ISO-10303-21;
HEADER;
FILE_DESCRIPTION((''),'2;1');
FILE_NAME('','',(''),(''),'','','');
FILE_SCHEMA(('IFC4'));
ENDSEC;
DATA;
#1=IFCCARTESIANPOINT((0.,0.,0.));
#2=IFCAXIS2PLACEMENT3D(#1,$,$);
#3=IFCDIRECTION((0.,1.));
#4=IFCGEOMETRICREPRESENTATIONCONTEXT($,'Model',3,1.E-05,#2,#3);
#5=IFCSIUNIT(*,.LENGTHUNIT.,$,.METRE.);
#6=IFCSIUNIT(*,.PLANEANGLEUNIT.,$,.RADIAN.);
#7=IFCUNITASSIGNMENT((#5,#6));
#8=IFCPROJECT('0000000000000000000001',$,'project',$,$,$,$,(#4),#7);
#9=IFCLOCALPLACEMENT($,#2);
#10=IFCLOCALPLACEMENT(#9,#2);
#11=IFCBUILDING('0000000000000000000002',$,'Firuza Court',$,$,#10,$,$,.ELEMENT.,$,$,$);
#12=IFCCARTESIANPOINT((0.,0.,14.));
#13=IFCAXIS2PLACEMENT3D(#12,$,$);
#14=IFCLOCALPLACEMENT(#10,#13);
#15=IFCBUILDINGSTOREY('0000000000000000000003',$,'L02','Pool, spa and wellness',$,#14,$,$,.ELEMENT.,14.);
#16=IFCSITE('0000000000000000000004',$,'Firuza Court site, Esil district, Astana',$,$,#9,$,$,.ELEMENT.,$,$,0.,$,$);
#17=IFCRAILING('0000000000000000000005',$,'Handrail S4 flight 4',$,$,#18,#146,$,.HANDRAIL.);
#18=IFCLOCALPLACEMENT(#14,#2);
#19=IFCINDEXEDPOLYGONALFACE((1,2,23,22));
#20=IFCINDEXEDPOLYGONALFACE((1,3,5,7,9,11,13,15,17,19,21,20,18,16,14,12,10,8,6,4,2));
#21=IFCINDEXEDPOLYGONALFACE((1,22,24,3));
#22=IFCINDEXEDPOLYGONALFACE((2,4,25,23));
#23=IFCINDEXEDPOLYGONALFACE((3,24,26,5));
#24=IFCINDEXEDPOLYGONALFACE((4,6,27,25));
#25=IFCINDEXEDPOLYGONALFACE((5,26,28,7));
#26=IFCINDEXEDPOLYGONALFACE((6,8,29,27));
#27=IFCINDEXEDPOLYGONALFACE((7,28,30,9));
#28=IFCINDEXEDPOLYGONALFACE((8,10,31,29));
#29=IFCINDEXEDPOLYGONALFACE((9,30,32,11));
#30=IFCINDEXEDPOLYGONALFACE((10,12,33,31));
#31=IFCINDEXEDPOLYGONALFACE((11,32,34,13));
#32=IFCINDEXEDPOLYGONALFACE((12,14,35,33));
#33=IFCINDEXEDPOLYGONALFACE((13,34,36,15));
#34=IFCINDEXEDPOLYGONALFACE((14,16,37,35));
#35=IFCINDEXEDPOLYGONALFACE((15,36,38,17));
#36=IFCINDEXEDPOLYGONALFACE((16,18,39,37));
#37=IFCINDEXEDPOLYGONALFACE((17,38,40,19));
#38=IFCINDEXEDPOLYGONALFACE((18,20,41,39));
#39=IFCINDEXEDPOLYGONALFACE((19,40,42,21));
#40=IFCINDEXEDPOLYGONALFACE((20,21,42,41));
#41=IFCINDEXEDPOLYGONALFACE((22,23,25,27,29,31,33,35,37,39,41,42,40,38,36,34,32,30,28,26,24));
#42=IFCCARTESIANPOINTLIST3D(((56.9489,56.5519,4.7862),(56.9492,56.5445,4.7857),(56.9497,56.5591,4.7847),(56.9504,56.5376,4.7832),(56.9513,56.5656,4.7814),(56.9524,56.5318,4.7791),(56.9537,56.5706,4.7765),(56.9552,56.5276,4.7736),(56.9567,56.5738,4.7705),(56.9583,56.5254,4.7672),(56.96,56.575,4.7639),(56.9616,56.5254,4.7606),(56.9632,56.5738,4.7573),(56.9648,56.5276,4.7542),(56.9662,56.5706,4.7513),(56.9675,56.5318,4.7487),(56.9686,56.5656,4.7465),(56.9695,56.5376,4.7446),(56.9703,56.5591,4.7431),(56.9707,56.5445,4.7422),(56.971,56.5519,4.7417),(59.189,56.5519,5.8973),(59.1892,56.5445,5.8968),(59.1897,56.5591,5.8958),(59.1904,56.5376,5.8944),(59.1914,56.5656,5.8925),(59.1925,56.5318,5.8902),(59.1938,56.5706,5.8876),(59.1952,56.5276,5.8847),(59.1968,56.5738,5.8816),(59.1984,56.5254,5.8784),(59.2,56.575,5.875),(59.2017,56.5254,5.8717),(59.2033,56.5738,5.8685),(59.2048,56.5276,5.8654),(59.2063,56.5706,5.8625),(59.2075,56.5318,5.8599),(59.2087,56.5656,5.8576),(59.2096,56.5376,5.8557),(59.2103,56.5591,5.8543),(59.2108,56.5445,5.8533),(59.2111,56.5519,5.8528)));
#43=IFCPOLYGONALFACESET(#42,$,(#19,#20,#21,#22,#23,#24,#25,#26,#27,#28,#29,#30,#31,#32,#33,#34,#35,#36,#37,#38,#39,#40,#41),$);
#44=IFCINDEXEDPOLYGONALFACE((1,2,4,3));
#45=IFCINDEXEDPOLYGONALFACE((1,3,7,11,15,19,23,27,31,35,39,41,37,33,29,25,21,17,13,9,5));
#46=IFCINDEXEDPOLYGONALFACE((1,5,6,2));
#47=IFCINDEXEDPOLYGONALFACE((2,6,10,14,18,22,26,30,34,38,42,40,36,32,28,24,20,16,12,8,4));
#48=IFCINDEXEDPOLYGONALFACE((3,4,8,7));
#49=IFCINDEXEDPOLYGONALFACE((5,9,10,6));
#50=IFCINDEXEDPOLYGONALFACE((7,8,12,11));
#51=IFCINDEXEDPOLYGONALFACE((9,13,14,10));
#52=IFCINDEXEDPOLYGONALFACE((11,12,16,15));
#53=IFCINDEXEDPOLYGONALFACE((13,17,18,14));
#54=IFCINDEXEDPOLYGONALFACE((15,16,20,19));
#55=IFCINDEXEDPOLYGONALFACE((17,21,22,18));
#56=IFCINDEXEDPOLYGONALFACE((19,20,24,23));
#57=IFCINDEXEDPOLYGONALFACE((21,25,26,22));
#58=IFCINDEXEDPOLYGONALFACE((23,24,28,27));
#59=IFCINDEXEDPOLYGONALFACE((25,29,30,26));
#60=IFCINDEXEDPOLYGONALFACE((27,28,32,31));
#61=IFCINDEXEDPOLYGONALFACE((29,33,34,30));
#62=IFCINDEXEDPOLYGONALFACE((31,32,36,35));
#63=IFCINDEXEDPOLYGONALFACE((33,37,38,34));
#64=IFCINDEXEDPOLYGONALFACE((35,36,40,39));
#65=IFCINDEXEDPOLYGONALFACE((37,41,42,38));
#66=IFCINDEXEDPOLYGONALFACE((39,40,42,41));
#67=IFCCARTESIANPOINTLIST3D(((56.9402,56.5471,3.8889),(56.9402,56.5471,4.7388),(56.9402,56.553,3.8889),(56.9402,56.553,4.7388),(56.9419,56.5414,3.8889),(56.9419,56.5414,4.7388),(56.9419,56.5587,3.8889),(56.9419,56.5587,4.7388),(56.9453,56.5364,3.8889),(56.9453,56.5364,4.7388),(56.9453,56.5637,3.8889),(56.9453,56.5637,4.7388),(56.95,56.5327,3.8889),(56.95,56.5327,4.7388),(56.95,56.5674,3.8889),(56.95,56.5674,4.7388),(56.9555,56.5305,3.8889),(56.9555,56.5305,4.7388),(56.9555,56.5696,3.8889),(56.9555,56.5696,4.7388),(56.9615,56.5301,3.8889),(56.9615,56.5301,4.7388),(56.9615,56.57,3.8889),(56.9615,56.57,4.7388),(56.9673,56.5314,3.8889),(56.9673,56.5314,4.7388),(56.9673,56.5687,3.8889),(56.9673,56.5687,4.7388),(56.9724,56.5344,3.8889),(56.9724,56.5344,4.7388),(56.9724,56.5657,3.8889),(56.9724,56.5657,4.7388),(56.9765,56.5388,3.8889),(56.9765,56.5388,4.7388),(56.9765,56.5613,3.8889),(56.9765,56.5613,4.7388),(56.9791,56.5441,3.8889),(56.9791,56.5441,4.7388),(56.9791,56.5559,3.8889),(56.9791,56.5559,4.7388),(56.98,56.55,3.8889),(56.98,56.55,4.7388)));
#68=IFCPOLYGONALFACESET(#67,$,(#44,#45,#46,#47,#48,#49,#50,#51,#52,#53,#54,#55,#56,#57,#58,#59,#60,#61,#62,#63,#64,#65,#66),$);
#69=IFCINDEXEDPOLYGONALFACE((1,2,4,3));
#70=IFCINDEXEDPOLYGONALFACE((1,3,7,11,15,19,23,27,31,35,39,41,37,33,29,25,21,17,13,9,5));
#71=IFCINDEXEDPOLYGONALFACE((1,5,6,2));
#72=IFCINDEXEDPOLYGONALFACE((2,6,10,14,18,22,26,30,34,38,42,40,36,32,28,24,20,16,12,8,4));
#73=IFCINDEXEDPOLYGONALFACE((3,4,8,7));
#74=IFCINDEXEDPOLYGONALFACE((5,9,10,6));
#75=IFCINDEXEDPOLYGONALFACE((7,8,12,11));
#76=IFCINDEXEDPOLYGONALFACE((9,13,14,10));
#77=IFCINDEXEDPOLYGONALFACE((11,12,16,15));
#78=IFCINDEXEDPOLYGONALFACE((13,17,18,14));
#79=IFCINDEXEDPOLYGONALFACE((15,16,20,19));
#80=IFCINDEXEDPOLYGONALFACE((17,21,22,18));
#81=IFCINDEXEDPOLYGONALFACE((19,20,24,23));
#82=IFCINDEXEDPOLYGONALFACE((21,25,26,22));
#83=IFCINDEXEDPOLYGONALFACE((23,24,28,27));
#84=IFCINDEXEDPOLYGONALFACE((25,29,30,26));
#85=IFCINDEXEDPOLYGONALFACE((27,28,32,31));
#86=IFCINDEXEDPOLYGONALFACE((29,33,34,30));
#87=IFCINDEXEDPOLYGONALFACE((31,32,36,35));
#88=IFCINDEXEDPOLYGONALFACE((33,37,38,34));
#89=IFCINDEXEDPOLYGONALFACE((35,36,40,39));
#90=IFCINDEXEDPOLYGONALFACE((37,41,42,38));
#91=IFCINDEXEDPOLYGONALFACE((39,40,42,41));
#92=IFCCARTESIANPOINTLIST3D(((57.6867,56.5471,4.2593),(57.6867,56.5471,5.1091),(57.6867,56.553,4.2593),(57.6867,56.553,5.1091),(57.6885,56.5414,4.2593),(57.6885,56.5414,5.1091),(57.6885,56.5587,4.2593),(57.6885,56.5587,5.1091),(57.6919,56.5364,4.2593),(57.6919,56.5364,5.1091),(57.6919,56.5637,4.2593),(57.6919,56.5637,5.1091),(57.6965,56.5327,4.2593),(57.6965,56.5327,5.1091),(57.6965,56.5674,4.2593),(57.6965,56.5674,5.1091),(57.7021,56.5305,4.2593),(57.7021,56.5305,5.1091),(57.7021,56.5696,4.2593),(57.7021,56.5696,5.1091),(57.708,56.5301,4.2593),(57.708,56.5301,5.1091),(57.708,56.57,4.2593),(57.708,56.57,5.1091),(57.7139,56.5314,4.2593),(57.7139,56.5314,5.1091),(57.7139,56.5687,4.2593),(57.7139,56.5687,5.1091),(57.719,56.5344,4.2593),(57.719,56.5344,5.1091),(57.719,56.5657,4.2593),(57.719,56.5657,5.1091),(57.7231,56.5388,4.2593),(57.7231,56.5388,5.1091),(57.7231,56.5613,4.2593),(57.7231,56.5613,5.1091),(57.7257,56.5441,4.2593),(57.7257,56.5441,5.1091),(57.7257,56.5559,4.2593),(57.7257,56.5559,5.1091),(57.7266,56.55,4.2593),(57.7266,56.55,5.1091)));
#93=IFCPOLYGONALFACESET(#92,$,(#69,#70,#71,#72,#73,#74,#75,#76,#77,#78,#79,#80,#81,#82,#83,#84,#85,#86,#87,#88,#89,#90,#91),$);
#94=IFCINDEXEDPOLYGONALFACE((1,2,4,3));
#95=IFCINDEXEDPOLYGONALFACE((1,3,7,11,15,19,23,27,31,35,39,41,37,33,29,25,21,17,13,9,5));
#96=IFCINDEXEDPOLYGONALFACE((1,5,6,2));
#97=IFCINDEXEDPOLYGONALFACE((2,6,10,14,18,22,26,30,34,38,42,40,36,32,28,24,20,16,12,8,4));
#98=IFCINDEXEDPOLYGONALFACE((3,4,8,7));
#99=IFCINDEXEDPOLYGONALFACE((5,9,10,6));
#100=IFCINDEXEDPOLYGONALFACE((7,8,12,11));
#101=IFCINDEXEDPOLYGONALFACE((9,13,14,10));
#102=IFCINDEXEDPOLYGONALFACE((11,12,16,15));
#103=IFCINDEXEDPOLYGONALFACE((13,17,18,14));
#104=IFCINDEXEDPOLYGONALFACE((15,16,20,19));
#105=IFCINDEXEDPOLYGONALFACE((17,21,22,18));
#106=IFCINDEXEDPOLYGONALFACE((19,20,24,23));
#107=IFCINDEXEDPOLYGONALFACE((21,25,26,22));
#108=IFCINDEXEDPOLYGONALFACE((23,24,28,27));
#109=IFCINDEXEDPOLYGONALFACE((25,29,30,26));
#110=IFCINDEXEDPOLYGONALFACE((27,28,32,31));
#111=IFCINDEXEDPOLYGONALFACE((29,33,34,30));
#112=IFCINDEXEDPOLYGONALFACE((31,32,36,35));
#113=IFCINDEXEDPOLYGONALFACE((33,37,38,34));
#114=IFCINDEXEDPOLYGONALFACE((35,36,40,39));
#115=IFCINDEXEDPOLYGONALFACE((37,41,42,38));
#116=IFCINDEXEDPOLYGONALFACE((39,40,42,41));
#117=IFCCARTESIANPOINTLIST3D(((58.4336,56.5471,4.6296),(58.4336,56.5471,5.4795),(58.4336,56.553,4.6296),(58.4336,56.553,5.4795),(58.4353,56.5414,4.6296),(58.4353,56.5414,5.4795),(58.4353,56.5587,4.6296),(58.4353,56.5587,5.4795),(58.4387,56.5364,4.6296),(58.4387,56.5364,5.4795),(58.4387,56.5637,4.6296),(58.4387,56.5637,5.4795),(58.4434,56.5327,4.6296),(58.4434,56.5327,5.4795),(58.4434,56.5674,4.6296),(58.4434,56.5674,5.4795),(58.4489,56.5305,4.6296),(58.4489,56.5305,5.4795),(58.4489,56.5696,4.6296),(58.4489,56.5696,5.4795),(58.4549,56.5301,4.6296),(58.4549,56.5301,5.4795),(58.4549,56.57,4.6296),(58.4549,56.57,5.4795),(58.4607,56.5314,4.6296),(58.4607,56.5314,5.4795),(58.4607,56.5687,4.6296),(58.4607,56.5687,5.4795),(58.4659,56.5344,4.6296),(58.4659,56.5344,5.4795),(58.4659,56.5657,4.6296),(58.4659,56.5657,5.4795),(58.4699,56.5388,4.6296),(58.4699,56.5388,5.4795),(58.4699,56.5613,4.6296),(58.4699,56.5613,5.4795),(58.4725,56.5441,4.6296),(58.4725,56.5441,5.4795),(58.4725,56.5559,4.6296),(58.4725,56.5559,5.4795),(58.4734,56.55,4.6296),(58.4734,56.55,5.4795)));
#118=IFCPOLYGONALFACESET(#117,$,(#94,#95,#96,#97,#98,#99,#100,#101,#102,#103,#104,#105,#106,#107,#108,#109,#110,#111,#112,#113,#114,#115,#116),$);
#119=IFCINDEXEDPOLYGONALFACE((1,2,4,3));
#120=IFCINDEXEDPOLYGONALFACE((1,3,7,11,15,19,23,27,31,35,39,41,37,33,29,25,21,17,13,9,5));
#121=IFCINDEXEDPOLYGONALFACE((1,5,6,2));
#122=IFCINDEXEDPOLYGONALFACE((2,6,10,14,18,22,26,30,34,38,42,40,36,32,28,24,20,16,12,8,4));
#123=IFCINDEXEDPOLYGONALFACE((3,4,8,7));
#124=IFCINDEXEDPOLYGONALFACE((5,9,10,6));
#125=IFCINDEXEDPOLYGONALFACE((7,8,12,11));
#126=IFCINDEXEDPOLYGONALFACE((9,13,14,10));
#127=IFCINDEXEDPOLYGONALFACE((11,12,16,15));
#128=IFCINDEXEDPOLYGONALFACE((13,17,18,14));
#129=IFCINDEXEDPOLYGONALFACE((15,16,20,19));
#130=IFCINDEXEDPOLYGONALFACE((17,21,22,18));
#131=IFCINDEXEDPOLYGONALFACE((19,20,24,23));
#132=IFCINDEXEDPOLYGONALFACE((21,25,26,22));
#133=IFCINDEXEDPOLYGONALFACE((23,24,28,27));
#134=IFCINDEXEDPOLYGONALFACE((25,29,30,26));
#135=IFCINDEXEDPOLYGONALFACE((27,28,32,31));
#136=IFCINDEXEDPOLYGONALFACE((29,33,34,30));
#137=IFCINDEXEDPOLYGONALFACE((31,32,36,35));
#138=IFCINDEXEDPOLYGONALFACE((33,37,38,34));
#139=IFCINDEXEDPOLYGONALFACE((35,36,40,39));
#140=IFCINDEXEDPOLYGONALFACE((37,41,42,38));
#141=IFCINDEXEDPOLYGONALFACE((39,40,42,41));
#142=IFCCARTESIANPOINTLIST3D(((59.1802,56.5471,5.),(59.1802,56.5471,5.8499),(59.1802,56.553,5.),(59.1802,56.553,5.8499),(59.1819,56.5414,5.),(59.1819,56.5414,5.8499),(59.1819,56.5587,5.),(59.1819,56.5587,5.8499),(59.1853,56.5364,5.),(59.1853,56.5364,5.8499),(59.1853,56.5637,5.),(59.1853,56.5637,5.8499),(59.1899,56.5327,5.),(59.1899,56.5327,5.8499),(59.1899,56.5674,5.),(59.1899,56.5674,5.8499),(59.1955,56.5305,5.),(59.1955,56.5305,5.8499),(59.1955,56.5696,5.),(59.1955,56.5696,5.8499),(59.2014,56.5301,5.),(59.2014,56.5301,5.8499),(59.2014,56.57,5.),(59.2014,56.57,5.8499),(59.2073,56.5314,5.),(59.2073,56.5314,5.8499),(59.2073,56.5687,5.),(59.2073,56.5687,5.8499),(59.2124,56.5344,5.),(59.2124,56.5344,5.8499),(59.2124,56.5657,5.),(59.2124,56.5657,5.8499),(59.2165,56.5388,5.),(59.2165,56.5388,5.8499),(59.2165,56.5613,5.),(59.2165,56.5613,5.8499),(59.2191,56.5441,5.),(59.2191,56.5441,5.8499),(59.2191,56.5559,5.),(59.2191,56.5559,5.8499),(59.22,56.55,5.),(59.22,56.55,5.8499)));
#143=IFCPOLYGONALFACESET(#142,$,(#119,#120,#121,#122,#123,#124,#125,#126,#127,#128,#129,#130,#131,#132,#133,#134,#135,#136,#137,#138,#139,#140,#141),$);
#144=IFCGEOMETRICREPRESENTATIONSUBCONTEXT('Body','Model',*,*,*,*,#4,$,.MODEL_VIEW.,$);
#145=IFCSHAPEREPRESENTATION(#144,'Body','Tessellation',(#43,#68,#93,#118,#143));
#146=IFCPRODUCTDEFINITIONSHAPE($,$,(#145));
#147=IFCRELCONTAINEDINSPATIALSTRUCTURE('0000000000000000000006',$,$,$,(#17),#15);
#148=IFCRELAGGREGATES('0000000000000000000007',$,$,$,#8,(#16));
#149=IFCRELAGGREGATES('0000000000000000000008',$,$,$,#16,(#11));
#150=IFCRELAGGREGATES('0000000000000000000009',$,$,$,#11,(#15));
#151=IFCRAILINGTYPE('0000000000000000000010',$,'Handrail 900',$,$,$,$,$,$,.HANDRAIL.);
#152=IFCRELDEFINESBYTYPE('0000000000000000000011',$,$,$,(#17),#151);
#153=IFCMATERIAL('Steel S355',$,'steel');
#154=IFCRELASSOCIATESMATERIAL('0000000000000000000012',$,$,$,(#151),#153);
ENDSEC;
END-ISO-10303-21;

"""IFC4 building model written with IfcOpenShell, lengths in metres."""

from ifc_helpers import new_model, si_unit, direction, frame, origin, origin_2d, place, context, subcontext, project, spatial, circle, extrude, material, type_object, element, save


model = new_model("IFC4")

# Units and contexts
model_context = context("Model", 3, precision=1e-05, world=origin(), true_north=direction((0.0, 1.0)))
body_context = subcontext(model_context, "Body", "Model", "MODEL_VIEW")
ifc_project = project(units=[si_unit("LENGTHUNIT", "METRE"), si_unit("PLANEANGLEUNIT", "RADIAN")], contexts=[model_context])

# Site, building, storey
site_placement = place(None, origin())
site = spatial("IfcSite", under=ifc_project, at=site_placement, Name="Firuza Court site, Esil district, Astana", CompositionType="ELEMENT", RefElevation=0.0)
building_placement = place(site_placement, origin())
building = spatial("IfcBuilding", under=site, at=building_placement, Name="Firuza Court", CompositionType="ELEMENT")
storey_placement = place(building_placement, frame((0.0, 0.0, 14.0)))
storey = spatial("IfcBuildingStorey", under=building, at=storey_placement, Name="L02", Description="Pool, spa and wellness", CompositionType="ELEMENT", Elevation=14.0)

# Railing
ifc_material_1 = material(Name="Steel S355", Category="steel")
railing_type_1 = type_object("IfcRailingType", Name="Handrail 900", PredefinedType="HANDRAIL", material=ifc_material_1)
railing_1_placement = place(storey_placement, frame((56.96, 56.55, 3.8889)))
element("IfcRailing", 1, at=railing_1_placement, inside=storey, type_object=railing_type_1, Name="Handrail S4 flight 4", PredefinedType="HANDRAIL", context=body_context, shape_type="SweptSolid", body=[
    extrude(circle(Radius=0.0249, at=origin_2d()), frame((0.0, 0.0, 0.875), z_axis=(0.895848, 0.0, 0.44436), x_axis=(0.0, 1.0, 0.0)), (0.0, 0.0, 1.0), 2.5005),
    extrude(circle(Radius=0.02, at=origin_2d()), origin(), (0.0, 0.0, 1.0), 0.8499),
    extrude(circle(Radius=0.02, at=origin_2d()), frame((0.7466, 0.0, 0.3704)), (0.0, 0.0, 1.0), 0.8499),
    extrude(circle(Radius=0.02, at=origin_2d()), frame((1.4934, 0.0, 0.7407)), (0.0, 0.0, 1.0), 0.8499),
    extrude(circle(Radius=0.02, at=origin_2d()), frame((2.24, 0.0, 1.1111)), (0.0, 0.0, 1.0), 0.8499),
])

save(model, "model.ifc")
